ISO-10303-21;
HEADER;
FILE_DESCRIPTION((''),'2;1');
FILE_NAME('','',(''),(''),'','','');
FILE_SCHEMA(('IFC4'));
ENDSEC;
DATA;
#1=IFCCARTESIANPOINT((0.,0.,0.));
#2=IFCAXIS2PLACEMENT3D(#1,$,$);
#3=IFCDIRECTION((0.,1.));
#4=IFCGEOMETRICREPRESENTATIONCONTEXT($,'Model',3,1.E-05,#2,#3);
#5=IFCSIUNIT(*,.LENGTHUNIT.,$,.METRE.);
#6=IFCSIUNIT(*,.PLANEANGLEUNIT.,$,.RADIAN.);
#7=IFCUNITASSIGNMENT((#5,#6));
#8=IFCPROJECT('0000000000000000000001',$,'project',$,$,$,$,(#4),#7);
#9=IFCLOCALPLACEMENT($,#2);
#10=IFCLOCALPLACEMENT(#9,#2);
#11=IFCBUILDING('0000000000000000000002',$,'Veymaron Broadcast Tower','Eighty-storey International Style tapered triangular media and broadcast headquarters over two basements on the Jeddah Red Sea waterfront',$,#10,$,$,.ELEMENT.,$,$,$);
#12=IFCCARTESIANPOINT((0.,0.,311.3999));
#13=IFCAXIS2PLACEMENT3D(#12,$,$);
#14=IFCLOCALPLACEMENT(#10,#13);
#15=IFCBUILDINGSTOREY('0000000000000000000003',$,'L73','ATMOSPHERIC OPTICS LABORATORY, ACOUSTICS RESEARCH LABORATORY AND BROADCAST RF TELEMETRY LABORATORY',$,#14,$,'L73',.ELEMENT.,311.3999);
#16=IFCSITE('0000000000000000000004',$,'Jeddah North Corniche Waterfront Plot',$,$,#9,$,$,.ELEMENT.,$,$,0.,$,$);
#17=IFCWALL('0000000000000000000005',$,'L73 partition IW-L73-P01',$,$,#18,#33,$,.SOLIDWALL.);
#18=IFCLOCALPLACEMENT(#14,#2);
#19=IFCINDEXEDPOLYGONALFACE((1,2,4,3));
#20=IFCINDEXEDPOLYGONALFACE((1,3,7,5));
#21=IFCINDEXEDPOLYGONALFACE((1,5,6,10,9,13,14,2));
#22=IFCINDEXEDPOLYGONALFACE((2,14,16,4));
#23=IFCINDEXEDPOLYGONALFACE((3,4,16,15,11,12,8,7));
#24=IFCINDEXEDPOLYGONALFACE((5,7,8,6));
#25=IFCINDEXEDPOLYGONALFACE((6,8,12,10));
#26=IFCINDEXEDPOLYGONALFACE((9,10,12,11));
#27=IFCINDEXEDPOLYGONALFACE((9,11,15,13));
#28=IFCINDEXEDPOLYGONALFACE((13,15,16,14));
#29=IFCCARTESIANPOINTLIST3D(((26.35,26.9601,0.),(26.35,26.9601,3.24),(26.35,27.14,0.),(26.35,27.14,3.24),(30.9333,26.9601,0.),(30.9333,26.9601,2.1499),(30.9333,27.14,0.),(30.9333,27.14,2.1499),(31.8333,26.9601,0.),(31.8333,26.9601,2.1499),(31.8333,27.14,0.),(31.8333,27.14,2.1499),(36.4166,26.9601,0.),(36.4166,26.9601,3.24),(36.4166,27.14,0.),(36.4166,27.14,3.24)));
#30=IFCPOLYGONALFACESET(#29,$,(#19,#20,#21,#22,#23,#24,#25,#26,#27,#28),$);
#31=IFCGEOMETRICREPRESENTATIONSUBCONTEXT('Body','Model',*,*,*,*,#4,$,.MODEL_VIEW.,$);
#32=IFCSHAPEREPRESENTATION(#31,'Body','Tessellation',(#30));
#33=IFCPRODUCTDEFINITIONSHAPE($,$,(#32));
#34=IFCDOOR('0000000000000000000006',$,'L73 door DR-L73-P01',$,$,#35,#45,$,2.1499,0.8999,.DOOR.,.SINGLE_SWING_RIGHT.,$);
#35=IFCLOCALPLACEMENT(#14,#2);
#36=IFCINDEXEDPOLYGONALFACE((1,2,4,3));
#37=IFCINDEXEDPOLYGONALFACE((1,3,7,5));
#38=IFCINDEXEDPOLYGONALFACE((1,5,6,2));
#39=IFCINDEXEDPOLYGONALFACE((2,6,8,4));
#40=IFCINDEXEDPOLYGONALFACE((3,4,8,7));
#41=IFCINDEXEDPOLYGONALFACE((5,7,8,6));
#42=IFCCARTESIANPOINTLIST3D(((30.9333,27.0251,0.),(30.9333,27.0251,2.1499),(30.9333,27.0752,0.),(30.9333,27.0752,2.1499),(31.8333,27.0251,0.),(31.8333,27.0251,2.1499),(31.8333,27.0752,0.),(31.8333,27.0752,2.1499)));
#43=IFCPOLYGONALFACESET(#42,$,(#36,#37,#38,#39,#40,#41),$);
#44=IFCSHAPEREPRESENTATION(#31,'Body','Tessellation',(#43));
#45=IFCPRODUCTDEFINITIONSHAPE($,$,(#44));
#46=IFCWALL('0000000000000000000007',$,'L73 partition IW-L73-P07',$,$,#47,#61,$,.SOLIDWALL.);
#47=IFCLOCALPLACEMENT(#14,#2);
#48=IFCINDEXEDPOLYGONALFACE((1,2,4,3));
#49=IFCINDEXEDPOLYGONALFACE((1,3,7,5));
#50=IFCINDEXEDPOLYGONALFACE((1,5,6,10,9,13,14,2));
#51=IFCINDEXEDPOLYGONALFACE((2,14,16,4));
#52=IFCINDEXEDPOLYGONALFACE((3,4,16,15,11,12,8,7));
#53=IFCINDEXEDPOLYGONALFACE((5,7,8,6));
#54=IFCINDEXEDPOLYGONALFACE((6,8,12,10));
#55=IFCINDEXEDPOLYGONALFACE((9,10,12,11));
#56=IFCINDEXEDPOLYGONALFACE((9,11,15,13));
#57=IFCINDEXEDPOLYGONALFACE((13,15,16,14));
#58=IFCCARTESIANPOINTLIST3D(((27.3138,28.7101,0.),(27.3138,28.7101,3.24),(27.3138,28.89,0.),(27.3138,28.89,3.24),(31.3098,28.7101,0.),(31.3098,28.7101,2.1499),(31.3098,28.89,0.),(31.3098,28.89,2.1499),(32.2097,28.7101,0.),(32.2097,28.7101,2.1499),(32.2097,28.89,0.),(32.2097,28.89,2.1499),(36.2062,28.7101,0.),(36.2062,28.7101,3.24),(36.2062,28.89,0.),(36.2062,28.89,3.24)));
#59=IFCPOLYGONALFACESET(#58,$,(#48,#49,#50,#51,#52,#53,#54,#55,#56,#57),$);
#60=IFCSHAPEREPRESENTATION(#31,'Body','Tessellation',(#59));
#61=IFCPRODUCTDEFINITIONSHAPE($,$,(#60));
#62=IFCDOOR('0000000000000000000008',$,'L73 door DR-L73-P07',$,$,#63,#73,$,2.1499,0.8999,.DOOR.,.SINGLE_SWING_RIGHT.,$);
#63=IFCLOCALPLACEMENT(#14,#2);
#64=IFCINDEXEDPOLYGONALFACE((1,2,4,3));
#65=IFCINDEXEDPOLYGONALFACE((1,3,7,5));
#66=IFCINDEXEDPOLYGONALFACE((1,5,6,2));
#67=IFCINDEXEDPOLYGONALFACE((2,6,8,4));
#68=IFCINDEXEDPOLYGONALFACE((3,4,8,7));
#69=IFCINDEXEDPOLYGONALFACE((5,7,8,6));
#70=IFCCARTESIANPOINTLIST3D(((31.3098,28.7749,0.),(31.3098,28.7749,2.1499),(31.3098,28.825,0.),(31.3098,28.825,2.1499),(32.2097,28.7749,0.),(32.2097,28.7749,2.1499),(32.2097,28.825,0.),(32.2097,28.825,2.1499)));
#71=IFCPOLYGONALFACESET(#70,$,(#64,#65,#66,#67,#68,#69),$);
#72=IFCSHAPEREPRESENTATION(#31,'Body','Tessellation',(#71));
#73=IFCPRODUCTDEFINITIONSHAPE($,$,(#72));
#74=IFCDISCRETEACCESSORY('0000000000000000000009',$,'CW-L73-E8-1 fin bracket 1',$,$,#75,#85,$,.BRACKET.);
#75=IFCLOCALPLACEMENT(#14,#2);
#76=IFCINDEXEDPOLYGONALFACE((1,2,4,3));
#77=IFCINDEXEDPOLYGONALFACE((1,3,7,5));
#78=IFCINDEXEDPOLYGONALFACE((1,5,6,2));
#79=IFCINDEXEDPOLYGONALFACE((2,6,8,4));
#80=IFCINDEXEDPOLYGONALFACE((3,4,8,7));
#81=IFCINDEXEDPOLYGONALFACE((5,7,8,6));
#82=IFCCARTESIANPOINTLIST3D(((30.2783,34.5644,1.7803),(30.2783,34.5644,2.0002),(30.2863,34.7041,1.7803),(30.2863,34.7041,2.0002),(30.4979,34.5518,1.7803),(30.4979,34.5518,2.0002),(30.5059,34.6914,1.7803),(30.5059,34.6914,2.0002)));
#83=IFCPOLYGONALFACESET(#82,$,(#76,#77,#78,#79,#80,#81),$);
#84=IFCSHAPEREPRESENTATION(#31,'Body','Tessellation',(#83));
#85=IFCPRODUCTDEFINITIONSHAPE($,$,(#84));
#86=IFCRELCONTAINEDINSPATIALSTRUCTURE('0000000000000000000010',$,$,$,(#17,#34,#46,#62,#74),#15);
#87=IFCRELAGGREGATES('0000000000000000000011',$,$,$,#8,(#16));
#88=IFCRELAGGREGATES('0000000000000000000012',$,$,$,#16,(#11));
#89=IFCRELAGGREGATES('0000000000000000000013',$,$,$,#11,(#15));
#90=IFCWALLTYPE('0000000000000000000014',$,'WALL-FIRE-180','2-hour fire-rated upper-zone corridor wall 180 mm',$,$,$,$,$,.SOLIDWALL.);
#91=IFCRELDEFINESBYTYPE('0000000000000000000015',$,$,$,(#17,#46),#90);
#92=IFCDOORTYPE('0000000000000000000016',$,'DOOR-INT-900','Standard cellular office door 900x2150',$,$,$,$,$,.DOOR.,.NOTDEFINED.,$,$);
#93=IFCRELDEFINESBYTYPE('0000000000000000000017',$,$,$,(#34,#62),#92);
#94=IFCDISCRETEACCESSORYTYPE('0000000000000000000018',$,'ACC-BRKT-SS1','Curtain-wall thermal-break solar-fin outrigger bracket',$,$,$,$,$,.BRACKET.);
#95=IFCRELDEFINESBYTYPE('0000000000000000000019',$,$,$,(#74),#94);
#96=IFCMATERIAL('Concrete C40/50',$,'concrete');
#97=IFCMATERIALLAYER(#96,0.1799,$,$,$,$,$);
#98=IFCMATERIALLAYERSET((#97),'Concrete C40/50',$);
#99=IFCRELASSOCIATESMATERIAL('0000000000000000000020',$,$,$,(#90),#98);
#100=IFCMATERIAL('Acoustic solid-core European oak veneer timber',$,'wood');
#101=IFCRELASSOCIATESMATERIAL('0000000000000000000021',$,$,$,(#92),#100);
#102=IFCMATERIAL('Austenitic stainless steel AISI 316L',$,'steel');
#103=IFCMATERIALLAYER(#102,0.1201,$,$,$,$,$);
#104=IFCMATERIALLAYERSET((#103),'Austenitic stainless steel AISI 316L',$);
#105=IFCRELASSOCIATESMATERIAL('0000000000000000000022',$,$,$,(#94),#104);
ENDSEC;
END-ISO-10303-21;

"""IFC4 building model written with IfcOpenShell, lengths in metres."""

from ifc_helpers import new_model, si_unit, direction, frame, frame_2d, origin, origin_2d, place, context, subcontext, project, spatial, rectangle, extrude, material, layer, layer_set, type_object, element, fill, save


model = new_model("IFC4")

# Units and contexts
model_context = context("Model", 3, precision=1e-05, world=origin(), true_north=direction((0.0, 1.0)))
body_context = subcontext(model_context, "Body", "Model", "MODEL_VIEW")
ifc_project = project(units=[si_unit("LENGTHUNIT", "METRE"), si_unit("PLANEANGLEUNIT", "RADIAN")], contexts=[model_context])

# Site, building, storey
site_placement = place(None, origin())
site = spatial("IfcSite", under=ifc_project, at=site_placement, Name="Jeddah North Corniche Waterfront Plot", CompositionType="ELEMENT", RefElevation=0.0)
building_placement = place(site_placement, origin())
building = spatial("IfcBuilding", under=site, at=building_placement, Name="Veymaron Broadcast Tower", Description="Eighty-storey International Style tapered triangular media and broadcast headquarters over two basements on the Jeddah Red Sea waterfront", CompositionType="ELEMENT")
storey_placement = place(building_placement, frame((0.0, 0.0, 311.3999)))
storey = spatial("IfcBuildingStorey", under=building, at=storey_placement, Name="L73", Description="ATMOSPHERIC OPTICS LABORATORY, ACOUSTICS RESEARCH LABORATORY AND BROADCAST RF TELEMETRY LABORATORY", LongName="L73", CompositionType="ELEMENT", Elevation=311.3999)

# Walls, openings, doors
ifc_material_1 = material(Name="Concrete C40/50", Category="concrete")
ifc_layer_1 = layer(ifc_material_1, 0.1799)
ifc_layer_set_1 = layer_set([ifc_layer_1], Name="Concrete C40/50")
wall_type_1 = type_object("IfcWallType", Name="WALL-FIRE-180", Description="2-hour fire-rated upper-zone corridor wall 180 mm", PredefinedType="SOLIDWALL", material=ifc_layer_set_1)
wall_1_placement = place(storey_placement, frame((26.3501, 27.05, 0.0), z_axis=(0.0, 0.0, 1.0), x_axis=(1.0, 0.0, 0.0)))
wall_1 = element("IfcWall", 1, at=wall_1_placement, inside=storey, type_object=wall_type_1, Name="L73 partition IW-L73-P01", PredefinedType="SOLIDWALL", context=body_context, shape_type="SweptSolid", body=[
    extrude(rectangle(XDim=10.0667, YDim=0.1799, at=frame_2d((5.0332, 0.0))), origin(), (0.0, 0.0, 1.0), 3.24),
])
opening_1_placement = place(wall_1_placement, frame((4.5833, 0.0, 0.0)))
opening_1 = element("IfcOpeningElement", 2, at=opening_1_placement, cuts=wall_1, PredefinedType="OPENING", context=body_context, shape_type="SweptSolid", body=[
    extrude(rectangle(XDim=0.8999, YDim=2.1499, at=frame_2d((0.45, 1.075))), frame((0.0, 0.1001, 0.0), z_axis=(0.0, -1.0, 0.0), x_axis=(1.0, 0.0, 0.0)), (0.0, 0.0, 1.0), 0.2),
])
ifc_material_2 = material(Name="Acoustic solid-core European oak veneer timber", Category="wood")
door_type = type_object("IfcDoorType", Name="DOOR-INT-900", Description="Standard cellular office door 900x2150", OperationType="NOTDEFINED", PredefinedType="DOOR", material=ifc_material_2)
door_1_placement = place(opening_1_placement, frame((0.8999, 0.0, 0.0), z_axis=(0.0, 0.0, 1.0), x_axis=(-1.0, 0.0, 0.0)))
door_1 = element("IfcDoor", 3, at=door_1_placement, inside=storey, type_object=door_type, Name="L73 door DR-L73-P01", OperationType="SINGLE_SWING_RIGHT", OverallHeight=2.1499, OverallWidth=0.8999, PredefinedType="DOOR", context=body_context, shape_type="SweptSolid", body=[
    extrude(rectangle(XDim=0.8999, YDim=2.1499, at=frame_2d((0.45, 1.075))), frame((0.0, 0.0249, 0.0), z_axis=(0.0, -1.0, 0.0), x_axis=(1.0, 0.0, 0.0)), (0.0, 0.0, 1.0), 0.05),
])
fill(opening_1, door_1)
wall_2_placement = place(storey_placement, frame((27.3137, 28.8, 0.0), z_axis=(0.0, 0.0, 1.0), x_axis=(1.0, 0.0, 0.0)))
wall_2 = element("IfcWall", 4, at=wall_2_placement, inside=storey, type_object=wall_type_1, Name="L73 partition IW-L73-P07", PredefinedType="SOLIDWALL", context=body_context, shape_type="SweptSolid", body=[
    extrude(rectangle(XDim=8.8923, YDim=0.1799, at=frame_2d((4.4463, 0.0))), origin(), (0.0, 0.0, 1.0), 3.24),
])
opening_2_placement = place(wall_2_placement, frame((3.9961, 0.0, 0.0)))
opening_2 = element("IfcOpeningElement", 5, at=opening_2_placement, cuts=wall_2, PredefinedType="OPENING", context=body_context, shape_type="SweptSolid", body=[
    extrude(rectangle(XDim=0.8999, YDim=2.1499, at=frame_2d((0.45, 1.075))), frame((0.0, 0.1001, 0.0), z_axis=(0.0, -1.0, 0.0), x_axis=(1.0, 0.0, 0.0)), (0.0, 0.0, 1.0), 0.2),
])
door_2_placement = place(opening_2_placement, origin())
door_2 = element("IfcDoor", 6, at=door_2_placement, inside=storey, type_object=door_type, Name="L73 door DR-L73-P07", OperationType="SINGLE_SWING_RIGHT", OverallHeight=2.1499, OverallWidth=0.8999, PredefinedType="DOOR", context=body_context, shape_type="SweptSolid", body=[
    extrude(rectangle(XDim=0.8999, YDim=2.1499, at=frame_2d((0.45, 1.075))), frame((0.0, 0.0249, 0.0), z_axis=(0.0, -1.0, 0.0), x_axis=(1.0, 0.0, 0.0)), (0.0, 0.0, 1.0), 0.05),
])
fill(opening_2, door_2)

# Discrete accessory
ifc_material_3 = material(Name="Austenitic stainless steel AISI 316L", Category="steel")
ifc_layer_2 = layer(ifc_material_3, 0.1201)
ifc_layer_set_2 = layer_set([ifc_layer_2], Name="Austenitic stainless steel AISI 316L")
discrete_accessory_type = type_object("IfcDiscreteAccessoryType", Name="ACC-BRKT-SS1", Description="Curtain-wall thermal-break solar-fin outrigger bracket", PredefinedType="BRACKET", material=ifc_layer_set_2)
discrete_accessory_placement = place(storey_placement, frame((30.3921, 34.6279, 1.7803), z_axis=(0.0, 0.0, 1.0), x_axis=(-0.998333, 0.057721, 0.0)))
element("IfcDiscreteAccessory", 7, at=discrete_accessory_placement, inside=storey, type_object=discrete_accessory_type, Name="CW-L73-E8-1 fin bracket 1", PredefinedType="BRACKET", context=body_context, shape_type="SweptSolid", body=[
    extrude(rectangle(XDim=0.22, YDim=0.1399, at=origin_2d()), origin(), (0.0, 0.0, 1.0), 0.22),
])

save(model, "model.ifc")
